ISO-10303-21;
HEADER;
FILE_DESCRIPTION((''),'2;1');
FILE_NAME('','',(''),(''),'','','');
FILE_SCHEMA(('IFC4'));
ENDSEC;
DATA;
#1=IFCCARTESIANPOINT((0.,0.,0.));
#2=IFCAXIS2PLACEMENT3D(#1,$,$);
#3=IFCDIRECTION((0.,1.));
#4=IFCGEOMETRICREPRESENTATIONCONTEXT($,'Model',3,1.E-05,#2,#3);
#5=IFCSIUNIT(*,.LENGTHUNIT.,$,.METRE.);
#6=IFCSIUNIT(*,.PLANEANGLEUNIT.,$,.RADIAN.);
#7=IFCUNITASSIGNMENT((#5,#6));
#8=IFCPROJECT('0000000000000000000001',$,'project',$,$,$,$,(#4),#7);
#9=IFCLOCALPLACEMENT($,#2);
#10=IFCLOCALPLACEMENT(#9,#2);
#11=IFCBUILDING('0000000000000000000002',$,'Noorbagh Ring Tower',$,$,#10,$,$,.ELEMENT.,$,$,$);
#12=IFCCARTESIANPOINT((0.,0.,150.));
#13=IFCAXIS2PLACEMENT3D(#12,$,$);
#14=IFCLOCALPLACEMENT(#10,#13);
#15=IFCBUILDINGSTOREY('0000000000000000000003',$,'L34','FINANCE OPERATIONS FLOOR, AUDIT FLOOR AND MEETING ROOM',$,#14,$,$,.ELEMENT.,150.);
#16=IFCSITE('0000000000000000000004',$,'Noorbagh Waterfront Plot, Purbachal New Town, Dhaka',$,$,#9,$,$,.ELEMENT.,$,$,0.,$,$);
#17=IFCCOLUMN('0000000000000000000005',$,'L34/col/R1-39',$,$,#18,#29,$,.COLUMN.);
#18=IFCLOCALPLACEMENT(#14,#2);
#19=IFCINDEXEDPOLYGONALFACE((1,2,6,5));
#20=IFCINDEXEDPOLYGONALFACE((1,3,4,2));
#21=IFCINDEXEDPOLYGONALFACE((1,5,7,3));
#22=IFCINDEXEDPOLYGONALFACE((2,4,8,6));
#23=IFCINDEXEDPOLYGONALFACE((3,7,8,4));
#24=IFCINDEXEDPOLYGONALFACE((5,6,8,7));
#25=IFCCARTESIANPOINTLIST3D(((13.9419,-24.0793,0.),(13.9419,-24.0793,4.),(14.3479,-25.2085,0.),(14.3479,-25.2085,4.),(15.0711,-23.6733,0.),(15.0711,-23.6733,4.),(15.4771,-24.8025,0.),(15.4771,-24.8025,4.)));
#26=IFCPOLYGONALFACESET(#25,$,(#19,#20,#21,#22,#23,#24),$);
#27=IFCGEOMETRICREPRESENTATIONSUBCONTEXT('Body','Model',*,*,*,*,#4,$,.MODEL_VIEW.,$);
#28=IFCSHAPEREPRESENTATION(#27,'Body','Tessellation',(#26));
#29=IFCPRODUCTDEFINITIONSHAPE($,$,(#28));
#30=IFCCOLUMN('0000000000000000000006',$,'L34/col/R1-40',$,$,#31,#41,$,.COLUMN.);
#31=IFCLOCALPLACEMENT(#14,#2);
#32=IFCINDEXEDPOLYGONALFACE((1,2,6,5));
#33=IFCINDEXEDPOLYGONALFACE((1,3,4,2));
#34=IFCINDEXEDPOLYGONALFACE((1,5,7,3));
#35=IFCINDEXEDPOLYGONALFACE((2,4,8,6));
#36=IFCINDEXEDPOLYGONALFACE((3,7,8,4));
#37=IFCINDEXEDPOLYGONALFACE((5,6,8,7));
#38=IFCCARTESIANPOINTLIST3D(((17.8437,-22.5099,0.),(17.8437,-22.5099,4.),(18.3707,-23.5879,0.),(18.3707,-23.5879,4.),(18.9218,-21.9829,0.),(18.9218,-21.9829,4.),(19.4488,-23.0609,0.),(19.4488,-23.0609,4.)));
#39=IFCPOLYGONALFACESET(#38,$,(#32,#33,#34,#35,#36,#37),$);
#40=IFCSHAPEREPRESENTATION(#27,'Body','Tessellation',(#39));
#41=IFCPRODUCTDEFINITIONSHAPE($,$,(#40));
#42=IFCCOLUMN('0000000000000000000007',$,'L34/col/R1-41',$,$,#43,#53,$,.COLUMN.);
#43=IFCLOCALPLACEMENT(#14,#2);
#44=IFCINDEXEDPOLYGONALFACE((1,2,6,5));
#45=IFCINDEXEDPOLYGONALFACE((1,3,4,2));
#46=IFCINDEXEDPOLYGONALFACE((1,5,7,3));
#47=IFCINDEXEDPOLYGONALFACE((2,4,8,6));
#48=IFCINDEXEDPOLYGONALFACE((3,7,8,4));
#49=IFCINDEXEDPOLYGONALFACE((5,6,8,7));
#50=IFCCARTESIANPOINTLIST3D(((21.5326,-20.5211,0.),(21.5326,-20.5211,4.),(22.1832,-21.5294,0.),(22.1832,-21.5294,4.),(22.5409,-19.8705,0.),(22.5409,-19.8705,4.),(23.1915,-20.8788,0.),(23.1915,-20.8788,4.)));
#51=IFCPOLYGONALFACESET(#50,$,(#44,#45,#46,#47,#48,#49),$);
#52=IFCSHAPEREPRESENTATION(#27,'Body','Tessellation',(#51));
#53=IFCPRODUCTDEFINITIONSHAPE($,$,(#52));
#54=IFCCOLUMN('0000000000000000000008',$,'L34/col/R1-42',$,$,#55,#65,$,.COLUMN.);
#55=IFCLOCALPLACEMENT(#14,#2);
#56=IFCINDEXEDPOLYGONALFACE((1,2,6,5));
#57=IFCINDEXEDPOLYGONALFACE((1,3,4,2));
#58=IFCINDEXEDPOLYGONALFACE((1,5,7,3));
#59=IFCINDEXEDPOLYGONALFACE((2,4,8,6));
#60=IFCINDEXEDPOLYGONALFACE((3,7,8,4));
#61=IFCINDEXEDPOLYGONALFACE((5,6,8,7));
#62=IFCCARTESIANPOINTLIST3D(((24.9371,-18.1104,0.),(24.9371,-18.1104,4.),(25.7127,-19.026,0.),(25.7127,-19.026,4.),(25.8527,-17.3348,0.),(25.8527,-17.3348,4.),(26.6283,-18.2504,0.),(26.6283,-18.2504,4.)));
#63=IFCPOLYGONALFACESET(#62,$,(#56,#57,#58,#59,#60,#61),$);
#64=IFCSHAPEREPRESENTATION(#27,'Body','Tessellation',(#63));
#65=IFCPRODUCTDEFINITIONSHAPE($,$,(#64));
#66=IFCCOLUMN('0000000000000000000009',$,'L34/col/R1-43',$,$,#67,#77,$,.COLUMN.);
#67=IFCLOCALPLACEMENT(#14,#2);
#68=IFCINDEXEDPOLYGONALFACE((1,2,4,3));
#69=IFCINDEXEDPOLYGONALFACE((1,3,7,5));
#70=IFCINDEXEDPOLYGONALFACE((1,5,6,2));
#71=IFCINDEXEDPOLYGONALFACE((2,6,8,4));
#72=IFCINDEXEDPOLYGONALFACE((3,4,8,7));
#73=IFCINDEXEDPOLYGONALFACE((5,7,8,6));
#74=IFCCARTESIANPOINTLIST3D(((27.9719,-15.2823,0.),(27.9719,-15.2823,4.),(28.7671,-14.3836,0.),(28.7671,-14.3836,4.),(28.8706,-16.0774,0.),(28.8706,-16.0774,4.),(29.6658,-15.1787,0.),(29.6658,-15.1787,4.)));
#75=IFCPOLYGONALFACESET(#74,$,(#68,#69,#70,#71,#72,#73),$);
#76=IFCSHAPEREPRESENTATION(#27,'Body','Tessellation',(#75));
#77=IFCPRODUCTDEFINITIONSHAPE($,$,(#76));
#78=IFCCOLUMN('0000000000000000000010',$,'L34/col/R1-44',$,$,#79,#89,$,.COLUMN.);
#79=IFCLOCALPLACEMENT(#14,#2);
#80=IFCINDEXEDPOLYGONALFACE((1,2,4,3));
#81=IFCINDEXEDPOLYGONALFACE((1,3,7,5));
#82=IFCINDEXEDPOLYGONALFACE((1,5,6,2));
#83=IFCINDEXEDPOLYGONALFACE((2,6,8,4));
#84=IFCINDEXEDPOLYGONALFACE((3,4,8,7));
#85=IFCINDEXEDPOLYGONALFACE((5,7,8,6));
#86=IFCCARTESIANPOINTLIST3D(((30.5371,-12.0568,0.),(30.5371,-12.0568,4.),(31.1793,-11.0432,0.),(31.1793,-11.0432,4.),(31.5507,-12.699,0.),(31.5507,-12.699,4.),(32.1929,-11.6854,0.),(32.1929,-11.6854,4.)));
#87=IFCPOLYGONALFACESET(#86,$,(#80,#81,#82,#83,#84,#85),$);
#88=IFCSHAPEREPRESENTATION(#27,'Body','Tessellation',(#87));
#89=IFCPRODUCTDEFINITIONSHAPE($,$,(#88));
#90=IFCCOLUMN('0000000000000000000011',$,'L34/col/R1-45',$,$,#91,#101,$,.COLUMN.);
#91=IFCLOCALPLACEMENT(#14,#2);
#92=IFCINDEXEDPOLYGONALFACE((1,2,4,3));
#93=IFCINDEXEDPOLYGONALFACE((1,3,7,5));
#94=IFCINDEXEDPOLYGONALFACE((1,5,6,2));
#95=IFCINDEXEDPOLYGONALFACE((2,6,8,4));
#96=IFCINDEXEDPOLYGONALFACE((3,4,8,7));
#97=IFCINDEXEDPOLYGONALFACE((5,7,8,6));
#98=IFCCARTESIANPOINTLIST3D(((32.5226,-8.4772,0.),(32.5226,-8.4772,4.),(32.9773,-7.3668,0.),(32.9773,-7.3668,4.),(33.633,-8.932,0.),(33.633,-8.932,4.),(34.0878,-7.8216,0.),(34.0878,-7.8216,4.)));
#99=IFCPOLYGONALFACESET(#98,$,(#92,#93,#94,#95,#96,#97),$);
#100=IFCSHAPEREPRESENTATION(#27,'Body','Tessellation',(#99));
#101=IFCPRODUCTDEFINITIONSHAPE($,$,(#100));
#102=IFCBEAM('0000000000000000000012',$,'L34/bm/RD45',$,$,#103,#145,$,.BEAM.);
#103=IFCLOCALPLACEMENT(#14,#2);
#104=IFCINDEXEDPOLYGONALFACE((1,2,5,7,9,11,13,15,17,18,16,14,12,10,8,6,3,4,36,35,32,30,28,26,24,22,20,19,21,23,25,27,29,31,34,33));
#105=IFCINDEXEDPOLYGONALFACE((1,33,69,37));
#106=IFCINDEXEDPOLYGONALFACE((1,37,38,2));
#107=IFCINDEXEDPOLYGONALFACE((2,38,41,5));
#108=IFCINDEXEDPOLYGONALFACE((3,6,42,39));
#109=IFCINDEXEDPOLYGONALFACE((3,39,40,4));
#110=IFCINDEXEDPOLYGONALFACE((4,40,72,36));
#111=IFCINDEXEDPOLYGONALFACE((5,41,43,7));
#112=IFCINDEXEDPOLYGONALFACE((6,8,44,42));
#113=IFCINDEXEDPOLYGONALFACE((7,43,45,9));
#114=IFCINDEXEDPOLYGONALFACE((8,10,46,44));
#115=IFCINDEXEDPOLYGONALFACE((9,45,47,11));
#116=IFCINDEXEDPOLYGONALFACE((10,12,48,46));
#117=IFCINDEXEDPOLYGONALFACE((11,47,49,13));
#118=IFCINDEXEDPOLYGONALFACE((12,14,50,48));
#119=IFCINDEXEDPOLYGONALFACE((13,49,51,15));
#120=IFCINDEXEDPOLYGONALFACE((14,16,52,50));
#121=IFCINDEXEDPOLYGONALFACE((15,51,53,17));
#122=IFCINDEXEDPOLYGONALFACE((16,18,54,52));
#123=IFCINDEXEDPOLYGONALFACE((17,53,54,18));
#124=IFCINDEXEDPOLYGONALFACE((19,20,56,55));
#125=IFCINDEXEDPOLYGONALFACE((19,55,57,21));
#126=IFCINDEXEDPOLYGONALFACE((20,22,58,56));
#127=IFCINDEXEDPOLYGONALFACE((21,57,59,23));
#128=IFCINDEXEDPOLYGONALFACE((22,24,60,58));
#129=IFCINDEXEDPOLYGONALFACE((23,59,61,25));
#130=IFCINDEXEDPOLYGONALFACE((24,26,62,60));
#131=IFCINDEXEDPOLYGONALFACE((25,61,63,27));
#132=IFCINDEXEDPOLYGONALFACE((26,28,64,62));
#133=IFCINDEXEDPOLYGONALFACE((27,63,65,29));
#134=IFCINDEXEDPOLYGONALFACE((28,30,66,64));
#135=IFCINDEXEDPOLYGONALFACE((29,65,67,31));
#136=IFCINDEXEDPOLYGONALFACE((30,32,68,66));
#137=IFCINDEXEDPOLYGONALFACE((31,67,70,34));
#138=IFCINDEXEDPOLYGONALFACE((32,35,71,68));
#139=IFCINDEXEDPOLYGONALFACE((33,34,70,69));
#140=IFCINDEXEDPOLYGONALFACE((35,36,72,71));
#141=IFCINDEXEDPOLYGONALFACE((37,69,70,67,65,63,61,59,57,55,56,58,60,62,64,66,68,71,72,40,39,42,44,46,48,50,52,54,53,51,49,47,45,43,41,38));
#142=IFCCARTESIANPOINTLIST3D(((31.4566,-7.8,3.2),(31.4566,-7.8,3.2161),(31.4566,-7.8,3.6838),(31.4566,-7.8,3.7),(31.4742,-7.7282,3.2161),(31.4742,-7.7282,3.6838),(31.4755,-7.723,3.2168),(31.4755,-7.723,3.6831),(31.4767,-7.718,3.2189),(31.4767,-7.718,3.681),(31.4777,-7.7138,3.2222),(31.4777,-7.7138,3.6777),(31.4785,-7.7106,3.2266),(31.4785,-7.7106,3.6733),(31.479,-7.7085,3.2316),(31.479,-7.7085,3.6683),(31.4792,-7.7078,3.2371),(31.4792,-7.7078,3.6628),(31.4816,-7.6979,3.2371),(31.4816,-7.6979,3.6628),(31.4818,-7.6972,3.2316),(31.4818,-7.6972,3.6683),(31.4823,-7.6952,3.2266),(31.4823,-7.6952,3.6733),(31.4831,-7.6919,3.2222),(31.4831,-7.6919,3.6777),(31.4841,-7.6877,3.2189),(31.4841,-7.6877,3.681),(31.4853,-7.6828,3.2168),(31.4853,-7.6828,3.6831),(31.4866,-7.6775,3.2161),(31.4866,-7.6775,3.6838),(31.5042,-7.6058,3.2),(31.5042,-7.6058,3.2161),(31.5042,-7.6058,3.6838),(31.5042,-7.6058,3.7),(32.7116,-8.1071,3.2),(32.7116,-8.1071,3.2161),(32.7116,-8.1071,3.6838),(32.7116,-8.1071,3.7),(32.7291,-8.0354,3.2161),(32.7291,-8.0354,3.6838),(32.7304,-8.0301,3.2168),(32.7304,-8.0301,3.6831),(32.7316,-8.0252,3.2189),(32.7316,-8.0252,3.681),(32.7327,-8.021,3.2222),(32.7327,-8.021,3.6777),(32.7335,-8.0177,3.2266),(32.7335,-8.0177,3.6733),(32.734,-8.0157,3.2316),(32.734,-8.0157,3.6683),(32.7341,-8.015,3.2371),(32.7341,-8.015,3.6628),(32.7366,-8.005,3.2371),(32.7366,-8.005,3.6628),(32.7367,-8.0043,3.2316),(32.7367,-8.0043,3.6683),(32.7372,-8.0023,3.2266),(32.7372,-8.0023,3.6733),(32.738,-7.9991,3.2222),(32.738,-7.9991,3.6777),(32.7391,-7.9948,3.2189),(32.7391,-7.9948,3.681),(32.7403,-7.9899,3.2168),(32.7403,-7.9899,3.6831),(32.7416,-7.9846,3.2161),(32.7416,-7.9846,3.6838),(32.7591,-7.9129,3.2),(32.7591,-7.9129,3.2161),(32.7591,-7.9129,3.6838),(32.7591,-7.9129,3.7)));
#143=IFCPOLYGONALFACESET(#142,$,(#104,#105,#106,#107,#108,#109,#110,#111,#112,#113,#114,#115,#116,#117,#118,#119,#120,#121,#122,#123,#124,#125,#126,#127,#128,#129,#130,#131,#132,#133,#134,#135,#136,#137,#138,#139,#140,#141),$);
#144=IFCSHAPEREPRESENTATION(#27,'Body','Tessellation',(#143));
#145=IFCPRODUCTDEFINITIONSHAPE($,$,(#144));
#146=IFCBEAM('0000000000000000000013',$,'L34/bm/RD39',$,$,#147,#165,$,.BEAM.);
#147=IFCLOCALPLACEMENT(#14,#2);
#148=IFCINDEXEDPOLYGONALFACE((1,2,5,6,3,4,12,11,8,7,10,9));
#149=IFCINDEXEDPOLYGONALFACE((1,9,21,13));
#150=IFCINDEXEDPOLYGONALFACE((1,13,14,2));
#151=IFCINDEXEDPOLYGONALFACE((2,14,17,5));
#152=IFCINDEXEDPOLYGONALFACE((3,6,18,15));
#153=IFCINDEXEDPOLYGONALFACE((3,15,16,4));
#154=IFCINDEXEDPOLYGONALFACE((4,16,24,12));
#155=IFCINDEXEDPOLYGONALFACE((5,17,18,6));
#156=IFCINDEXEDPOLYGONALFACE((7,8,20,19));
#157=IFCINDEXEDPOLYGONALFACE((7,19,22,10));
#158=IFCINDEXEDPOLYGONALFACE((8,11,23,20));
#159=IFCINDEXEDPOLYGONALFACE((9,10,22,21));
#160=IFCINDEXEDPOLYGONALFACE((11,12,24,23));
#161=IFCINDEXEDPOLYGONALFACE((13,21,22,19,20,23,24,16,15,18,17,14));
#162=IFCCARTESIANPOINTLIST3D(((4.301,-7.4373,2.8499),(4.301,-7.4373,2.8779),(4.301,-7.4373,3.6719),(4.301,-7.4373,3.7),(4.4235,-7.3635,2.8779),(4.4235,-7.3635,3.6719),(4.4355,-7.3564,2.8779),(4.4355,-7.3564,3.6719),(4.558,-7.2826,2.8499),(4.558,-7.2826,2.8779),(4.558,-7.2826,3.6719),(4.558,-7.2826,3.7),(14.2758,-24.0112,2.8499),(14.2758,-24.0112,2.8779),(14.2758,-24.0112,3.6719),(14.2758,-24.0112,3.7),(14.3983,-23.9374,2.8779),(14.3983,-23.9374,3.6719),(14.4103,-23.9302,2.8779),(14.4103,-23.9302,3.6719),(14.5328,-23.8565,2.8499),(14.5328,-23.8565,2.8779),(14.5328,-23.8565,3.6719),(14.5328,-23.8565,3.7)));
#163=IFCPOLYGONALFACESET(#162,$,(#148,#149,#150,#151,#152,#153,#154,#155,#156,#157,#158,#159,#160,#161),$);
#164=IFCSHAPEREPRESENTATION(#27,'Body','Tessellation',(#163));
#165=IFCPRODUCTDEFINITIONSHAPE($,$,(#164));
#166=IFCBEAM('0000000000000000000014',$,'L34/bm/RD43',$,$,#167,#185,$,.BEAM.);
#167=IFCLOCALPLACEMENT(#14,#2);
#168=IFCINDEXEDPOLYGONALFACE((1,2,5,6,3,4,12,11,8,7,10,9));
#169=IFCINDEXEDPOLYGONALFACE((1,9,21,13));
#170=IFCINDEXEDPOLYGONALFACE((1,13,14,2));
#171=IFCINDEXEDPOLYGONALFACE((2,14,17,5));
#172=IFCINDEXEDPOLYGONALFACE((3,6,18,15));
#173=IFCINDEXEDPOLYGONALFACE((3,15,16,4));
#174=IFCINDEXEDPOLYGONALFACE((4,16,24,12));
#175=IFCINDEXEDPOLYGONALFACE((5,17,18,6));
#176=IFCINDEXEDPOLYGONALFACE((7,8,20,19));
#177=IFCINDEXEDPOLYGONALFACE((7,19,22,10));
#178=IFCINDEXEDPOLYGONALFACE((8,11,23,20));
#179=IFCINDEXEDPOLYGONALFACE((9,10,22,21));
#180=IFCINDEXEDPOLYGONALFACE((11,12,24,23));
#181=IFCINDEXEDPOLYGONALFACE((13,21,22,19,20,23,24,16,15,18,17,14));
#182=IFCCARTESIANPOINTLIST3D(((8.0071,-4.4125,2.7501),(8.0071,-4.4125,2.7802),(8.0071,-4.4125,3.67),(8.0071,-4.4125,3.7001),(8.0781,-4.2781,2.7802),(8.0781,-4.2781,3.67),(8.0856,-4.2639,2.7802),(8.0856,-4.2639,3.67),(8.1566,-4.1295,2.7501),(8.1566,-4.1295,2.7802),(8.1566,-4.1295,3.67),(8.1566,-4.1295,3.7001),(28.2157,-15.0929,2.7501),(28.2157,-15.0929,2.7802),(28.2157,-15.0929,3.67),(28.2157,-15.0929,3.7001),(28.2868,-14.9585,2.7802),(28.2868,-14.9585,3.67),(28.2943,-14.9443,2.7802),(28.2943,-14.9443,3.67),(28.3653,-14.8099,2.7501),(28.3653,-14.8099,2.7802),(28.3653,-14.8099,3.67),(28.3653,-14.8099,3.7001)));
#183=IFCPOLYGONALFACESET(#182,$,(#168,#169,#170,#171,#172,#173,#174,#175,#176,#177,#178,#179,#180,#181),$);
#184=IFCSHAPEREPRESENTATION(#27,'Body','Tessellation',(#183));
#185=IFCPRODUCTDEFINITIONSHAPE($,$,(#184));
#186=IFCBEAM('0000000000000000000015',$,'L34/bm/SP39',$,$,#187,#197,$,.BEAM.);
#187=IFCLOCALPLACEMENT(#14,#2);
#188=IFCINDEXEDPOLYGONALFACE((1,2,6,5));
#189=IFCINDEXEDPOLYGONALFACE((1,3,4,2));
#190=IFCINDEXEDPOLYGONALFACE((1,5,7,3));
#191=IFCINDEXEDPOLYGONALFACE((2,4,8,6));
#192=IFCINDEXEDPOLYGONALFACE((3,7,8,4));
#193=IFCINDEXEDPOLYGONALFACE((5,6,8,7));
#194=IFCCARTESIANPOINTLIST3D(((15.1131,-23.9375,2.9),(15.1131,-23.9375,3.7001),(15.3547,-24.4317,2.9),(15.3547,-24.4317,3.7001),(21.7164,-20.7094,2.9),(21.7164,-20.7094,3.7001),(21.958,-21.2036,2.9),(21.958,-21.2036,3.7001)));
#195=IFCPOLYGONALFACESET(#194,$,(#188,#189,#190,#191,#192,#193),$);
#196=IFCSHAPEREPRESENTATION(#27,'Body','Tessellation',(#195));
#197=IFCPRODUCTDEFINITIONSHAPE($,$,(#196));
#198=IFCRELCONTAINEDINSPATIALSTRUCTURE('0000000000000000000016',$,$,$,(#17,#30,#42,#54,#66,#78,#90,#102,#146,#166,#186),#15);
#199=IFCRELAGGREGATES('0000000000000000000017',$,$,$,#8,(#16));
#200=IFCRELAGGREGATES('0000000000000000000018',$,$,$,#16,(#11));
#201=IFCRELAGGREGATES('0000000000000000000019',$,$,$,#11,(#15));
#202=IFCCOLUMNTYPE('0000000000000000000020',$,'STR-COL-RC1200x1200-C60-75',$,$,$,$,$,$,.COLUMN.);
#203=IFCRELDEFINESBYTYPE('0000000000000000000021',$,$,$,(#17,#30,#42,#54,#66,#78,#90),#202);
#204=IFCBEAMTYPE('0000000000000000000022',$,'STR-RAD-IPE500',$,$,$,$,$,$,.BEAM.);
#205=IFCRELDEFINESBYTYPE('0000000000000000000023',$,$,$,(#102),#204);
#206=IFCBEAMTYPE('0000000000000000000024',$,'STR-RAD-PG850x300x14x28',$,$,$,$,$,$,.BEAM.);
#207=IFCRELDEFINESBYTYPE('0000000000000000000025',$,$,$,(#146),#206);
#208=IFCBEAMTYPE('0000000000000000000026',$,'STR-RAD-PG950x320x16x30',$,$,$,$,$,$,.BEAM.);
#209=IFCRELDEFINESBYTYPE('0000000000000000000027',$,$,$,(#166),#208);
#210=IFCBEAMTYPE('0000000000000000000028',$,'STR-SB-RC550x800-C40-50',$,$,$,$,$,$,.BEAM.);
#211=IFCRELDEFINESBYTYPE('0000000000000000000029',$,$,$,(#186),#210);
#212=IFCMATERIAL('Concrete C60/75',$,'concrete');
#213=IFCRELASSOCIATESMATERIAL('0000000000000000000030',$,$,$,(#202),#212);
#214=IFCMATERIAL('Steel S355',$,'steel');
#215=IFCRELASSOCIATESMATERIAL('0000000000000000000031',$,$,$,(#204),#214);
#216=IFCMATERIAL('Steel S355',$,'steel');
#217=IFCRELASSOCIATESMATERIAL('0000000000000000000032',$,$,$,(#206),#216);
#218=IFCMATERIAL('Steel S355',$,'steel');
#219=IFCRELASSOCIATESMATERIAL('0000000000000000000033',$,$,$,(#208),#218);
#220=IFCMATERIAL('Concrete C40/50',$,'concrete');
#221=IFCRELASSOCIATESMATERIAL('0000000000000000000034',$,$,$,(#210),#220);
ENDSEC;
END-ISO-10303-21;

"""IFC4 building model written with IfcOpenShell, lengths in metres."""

from ifc_helpers import new_model, si_unit, direction, frame, origin, origin_2d, place, context, subcontext, project, spatial, rectangle, i_section, extrude, material, material_profile, profile_set, type_object, element, save


model = new_model("IFC4")

# Units and contexts
model_context = context("Model", 3, precision=1e-05, world=origin(), true_north=direction((0.0, 1.0)))
body_context = subcontext(model_context, "Body", "Model", "MODEL_VIEW")
ifc_project = project(units=[si_unit("LENGTHUNIT", "METRE"), si_unit("PLANEANGLEUNIT", "RADIAN")], contexts=[model_context])

# Site, building, storey
site_placement = place(None, origin())
site = spatial("IfcSite", under=ifc_project, at=site_placement, Name="Noorbagh Waterfront Plot, Purbachal New Town, Dhaka", CompositionType="ELEMENT", RefElevation=0.0)
building_placement = place(site_placement, origin())
building = spatial("IfcBuilding", under=site, at=building_placement, Name="Noorbagh Ring Tower", CompositionType="ELEMENT")
storey_placement = place(building_placement, frame((0.0, 0.0, 150.0)))
storey = spatial("IfcBuildingStorey", under=building, at=storey_placement, Name="L34", Description="FINANCE OPERATIONS FLOOR, AUDIT FLOOR AND MEETING ROOM", CompositionType="ELEMENT", Elevation=150.0)

# Columns
ifc_material_1 = material(Name="Concrete C60/75", Category="concrete")
ifc_material_profile_1 = material_profile(ifc_material_1, rectangle(XDim=1.2, YDim=1.2, at=origin_2d()), Name="RC1200x1200")
ifc_profile_set_1 = profile_set([ifc_material_profile_1], Name="Concrete C60/75")
column_type = type_object("IfcColumnType", Name="STR-COL-RC1200x1200-C60-75", PredefinedType="COLUMN", material=ifc_profile_set_1)
for number, where, z_axis, x_axis, name in (
    (1, (14.7095, -24.4409, 0.0), (0.0, 0.0, 1.0), (0.941025, 0.338338, 0.0), "L34/col/R1-39"),
    (2, (18.6462, -22.7854, 0.0), (0.0, 0.0, 1.0), (0.898399, 0.43918, 0.0), "L34/col/R1-40"),
    (3, (22.3621, -20.7, 0.0), (0.0, 0.0, 1.0), (0.840248, 0.542203, 0.0), "L34/col/R1-41"),
    (4, (25.7827, -18.1804, 0.0), (0.0, 0.0, 1.0), (0.763035, 0.646357, 0.0), "L34/col/R1-42"),
    (5, (28.8188, -15.2305, 0.0), (0.0, 0.0, 1.0), (0.662636, 0.748942, 0.0), "L34/col/R1-43"),
    (6, (31.365, -11.8711, 0.0), (0.0, 0.0, 1.0), (0.53519, 0.844731, 0.0), "L34/col/R1-44"),
    (7, (33.3052, -8.1494, 0.0), (0.0, 0.0, 1.0), (0.378989, 0.925401, 0.0), "L34/col/R1-45"),
):
    element("IfcColumn", number, at=place(storey_placement, frame(where, z_axis=z_axis, x_axis=x_axis)), inside=storey, type_object=column_type, Name=name, PredefinedType="COLUMN", context=body_context, shape_type="SweptSolid", body=[
        extrude(rectangle(XDim=1.2, YDim=1.2, at=origin_2d()), origin(), (0.0, 0.0, 1.0), 4.0),
    ])

# Beams
ifc_material_2 = material(Name="Steel S355", Category="steel")
ifc_material_profile_2 = material_profile(ifc_material_2, i_section(OverallWidth=0.2, OverallDepth=0.5, WebThickness=0.0103, FlangeThickness=0.0161, FilletRadius=0.021, at=origin_2d()), Name="IPE500")
ifc_profile_set_2 = profile_set([ifc_material_profile_2], Name="Steel S355")
beam_type_1 = type_object("IfcBeamType", Name="STR-RAD-IPE500", PredefinedType="BEAM", material=ifc_profile_set_2)
beam_1_placement = place(storey_placement, frame((32.7354, -8.01, 3.45), z_axis=(-0.971331, 0.23773, 0.0), x_axis=(-0.23773, -0.971331, 0.0)))
element("IfcBeam", 8, at=beam_1_placement, inside=storey, type_object=beam_type_1, Name="L34/bm/RD45", PredefinedType="BEAM", context=body_context, shape_type="SweptSolid", body=[
    extrude(i_section(OverallWidth=0.2, OverallDepth=0.5, WebThickness=0.0103, FlangeThickness=0.0161, FilletRadius=0.021, at=origin_2d()), origin(), (0.0, 0.0, 1.0), 1.292),
])
ifc_material_3 = material(Name="Steel S355", Category="steel")
ifc_material_profile_3 = material_profile(ifc_material_3, i_section(OverallWidth=0.3, OverallDepth=0.8501, WebThickness=0.0139, FlangeThickness=0.0281, at=origin_2d()), Name="PG850x300x14x28")
ifc_profile_set_3 = profile_set([ifc_material_profile_3], Name="Steel S355")
beam_type_2 = type_object("IfcBeamType", Name="STR-RAD-PG850x300x14x28", PredefinedType="BEAM", material=ifc_profile_set_3)
beam_2_placement = place(storey_placement, frame((14.4043, -23.9338, 3.2749), z_axis=(-0.515653, 0.856797, 0.0), x_axis=(-0.856797, -0.515653, 0.0)))
element("IfcBeam", 9, at=beam_2_placement, inside=storey, type_object=beam_type_2, Name="L34/bm/RD39", PredefinedType="BEAM", context=body_context, shape_type="SweptSolid", body=[
    extrude(i_section(OverallWidth=0.3, OverallDepth=0.8501, WebThickness=0.0139, FlangeThickness=0.0281, at=origin_2d()), origin(), (0.0, 0.0, 1.0), 19.344),
])
ifc_material_4 = material(Name="Steel S355", Category="steel")
ifc_material_profile_4 = material_profile(ifc_material_4, i_section(OverallWidth=0.3201, OverallDepth=0.95, WebThickness=0.0161, FlangeThickness=0.03, at=origin_2d()), Name="PG950x320x16x30")
ifc_profile_set_4 = profile_set([ifc_material_profile_4], Name="Steel S355")
beam_type_3 = type_object("IfcBeamType", Name="STR-RAD-PG950x320x16x30", PredefinedType="BEAM", material=ifc_profile_set_4)
beam_3_placement = place(storey_placement, frame((28.2905, -14.9514, 3.2251), z_axis=(-0.884119, 0.467261, 0.0), x_axis=(-0.467261, -0.884119, 0.0)))
element("IfcBeam", 10, at=beam_3_placement, inside=storey, type_object=beam_type_3, Name="L34/bm/RD43", PredefinedType="BEAM", context=body_context, shape_type="SweptSolid", body=[
    extrude(i_section(OverallWidth=0.3201, OverallDepth=0.95, WebThickness=0.0161, FlangeThickness=0.03, at=origin_2d()), origin(), (0.0, 0.0, 1.0), 22.8574),
])
ifc_material_5 = material(Name="Concrete C40/50", Category="concrete")
ifc_material_profile_5 = material_profile(ifc_material_5, rectangle(XDim=0.55, YDim=0.8, at=origin_2d()), Name="RC550x800")
ifc_profile_set_5 = profile_set([ifc_material_profile_5], Name="Concrete C40/50")
beam_type_4 = type_object("IfcBeamType", Name="STR-SB-RC550x800-C40-50", PredefinedType="BEAM", material=ifc_profile_set_5)
beam_4_placement = place(storey_placement, frame((15.2339, -24.1846, 3.3), z_axis=(0.898397, 0.439184, 0.0), x_axis=(-0.439184, 0.898397, 0.0)))
element("IfcBeam", 11, at=beam_4_placement, inside=storey, type_object=beam_type_4, Name="L34/bm/SP39", PredefinedType="BEAM", context=body_context, shape_type="SweptSolid", body=[
    extrude(rectangle(XDim=0.55, YDim=0.8, at=origin_2d()), origin(), (0.0, 0.0, 1.0), 7.3501),
])

save(model, "model.ifc")
